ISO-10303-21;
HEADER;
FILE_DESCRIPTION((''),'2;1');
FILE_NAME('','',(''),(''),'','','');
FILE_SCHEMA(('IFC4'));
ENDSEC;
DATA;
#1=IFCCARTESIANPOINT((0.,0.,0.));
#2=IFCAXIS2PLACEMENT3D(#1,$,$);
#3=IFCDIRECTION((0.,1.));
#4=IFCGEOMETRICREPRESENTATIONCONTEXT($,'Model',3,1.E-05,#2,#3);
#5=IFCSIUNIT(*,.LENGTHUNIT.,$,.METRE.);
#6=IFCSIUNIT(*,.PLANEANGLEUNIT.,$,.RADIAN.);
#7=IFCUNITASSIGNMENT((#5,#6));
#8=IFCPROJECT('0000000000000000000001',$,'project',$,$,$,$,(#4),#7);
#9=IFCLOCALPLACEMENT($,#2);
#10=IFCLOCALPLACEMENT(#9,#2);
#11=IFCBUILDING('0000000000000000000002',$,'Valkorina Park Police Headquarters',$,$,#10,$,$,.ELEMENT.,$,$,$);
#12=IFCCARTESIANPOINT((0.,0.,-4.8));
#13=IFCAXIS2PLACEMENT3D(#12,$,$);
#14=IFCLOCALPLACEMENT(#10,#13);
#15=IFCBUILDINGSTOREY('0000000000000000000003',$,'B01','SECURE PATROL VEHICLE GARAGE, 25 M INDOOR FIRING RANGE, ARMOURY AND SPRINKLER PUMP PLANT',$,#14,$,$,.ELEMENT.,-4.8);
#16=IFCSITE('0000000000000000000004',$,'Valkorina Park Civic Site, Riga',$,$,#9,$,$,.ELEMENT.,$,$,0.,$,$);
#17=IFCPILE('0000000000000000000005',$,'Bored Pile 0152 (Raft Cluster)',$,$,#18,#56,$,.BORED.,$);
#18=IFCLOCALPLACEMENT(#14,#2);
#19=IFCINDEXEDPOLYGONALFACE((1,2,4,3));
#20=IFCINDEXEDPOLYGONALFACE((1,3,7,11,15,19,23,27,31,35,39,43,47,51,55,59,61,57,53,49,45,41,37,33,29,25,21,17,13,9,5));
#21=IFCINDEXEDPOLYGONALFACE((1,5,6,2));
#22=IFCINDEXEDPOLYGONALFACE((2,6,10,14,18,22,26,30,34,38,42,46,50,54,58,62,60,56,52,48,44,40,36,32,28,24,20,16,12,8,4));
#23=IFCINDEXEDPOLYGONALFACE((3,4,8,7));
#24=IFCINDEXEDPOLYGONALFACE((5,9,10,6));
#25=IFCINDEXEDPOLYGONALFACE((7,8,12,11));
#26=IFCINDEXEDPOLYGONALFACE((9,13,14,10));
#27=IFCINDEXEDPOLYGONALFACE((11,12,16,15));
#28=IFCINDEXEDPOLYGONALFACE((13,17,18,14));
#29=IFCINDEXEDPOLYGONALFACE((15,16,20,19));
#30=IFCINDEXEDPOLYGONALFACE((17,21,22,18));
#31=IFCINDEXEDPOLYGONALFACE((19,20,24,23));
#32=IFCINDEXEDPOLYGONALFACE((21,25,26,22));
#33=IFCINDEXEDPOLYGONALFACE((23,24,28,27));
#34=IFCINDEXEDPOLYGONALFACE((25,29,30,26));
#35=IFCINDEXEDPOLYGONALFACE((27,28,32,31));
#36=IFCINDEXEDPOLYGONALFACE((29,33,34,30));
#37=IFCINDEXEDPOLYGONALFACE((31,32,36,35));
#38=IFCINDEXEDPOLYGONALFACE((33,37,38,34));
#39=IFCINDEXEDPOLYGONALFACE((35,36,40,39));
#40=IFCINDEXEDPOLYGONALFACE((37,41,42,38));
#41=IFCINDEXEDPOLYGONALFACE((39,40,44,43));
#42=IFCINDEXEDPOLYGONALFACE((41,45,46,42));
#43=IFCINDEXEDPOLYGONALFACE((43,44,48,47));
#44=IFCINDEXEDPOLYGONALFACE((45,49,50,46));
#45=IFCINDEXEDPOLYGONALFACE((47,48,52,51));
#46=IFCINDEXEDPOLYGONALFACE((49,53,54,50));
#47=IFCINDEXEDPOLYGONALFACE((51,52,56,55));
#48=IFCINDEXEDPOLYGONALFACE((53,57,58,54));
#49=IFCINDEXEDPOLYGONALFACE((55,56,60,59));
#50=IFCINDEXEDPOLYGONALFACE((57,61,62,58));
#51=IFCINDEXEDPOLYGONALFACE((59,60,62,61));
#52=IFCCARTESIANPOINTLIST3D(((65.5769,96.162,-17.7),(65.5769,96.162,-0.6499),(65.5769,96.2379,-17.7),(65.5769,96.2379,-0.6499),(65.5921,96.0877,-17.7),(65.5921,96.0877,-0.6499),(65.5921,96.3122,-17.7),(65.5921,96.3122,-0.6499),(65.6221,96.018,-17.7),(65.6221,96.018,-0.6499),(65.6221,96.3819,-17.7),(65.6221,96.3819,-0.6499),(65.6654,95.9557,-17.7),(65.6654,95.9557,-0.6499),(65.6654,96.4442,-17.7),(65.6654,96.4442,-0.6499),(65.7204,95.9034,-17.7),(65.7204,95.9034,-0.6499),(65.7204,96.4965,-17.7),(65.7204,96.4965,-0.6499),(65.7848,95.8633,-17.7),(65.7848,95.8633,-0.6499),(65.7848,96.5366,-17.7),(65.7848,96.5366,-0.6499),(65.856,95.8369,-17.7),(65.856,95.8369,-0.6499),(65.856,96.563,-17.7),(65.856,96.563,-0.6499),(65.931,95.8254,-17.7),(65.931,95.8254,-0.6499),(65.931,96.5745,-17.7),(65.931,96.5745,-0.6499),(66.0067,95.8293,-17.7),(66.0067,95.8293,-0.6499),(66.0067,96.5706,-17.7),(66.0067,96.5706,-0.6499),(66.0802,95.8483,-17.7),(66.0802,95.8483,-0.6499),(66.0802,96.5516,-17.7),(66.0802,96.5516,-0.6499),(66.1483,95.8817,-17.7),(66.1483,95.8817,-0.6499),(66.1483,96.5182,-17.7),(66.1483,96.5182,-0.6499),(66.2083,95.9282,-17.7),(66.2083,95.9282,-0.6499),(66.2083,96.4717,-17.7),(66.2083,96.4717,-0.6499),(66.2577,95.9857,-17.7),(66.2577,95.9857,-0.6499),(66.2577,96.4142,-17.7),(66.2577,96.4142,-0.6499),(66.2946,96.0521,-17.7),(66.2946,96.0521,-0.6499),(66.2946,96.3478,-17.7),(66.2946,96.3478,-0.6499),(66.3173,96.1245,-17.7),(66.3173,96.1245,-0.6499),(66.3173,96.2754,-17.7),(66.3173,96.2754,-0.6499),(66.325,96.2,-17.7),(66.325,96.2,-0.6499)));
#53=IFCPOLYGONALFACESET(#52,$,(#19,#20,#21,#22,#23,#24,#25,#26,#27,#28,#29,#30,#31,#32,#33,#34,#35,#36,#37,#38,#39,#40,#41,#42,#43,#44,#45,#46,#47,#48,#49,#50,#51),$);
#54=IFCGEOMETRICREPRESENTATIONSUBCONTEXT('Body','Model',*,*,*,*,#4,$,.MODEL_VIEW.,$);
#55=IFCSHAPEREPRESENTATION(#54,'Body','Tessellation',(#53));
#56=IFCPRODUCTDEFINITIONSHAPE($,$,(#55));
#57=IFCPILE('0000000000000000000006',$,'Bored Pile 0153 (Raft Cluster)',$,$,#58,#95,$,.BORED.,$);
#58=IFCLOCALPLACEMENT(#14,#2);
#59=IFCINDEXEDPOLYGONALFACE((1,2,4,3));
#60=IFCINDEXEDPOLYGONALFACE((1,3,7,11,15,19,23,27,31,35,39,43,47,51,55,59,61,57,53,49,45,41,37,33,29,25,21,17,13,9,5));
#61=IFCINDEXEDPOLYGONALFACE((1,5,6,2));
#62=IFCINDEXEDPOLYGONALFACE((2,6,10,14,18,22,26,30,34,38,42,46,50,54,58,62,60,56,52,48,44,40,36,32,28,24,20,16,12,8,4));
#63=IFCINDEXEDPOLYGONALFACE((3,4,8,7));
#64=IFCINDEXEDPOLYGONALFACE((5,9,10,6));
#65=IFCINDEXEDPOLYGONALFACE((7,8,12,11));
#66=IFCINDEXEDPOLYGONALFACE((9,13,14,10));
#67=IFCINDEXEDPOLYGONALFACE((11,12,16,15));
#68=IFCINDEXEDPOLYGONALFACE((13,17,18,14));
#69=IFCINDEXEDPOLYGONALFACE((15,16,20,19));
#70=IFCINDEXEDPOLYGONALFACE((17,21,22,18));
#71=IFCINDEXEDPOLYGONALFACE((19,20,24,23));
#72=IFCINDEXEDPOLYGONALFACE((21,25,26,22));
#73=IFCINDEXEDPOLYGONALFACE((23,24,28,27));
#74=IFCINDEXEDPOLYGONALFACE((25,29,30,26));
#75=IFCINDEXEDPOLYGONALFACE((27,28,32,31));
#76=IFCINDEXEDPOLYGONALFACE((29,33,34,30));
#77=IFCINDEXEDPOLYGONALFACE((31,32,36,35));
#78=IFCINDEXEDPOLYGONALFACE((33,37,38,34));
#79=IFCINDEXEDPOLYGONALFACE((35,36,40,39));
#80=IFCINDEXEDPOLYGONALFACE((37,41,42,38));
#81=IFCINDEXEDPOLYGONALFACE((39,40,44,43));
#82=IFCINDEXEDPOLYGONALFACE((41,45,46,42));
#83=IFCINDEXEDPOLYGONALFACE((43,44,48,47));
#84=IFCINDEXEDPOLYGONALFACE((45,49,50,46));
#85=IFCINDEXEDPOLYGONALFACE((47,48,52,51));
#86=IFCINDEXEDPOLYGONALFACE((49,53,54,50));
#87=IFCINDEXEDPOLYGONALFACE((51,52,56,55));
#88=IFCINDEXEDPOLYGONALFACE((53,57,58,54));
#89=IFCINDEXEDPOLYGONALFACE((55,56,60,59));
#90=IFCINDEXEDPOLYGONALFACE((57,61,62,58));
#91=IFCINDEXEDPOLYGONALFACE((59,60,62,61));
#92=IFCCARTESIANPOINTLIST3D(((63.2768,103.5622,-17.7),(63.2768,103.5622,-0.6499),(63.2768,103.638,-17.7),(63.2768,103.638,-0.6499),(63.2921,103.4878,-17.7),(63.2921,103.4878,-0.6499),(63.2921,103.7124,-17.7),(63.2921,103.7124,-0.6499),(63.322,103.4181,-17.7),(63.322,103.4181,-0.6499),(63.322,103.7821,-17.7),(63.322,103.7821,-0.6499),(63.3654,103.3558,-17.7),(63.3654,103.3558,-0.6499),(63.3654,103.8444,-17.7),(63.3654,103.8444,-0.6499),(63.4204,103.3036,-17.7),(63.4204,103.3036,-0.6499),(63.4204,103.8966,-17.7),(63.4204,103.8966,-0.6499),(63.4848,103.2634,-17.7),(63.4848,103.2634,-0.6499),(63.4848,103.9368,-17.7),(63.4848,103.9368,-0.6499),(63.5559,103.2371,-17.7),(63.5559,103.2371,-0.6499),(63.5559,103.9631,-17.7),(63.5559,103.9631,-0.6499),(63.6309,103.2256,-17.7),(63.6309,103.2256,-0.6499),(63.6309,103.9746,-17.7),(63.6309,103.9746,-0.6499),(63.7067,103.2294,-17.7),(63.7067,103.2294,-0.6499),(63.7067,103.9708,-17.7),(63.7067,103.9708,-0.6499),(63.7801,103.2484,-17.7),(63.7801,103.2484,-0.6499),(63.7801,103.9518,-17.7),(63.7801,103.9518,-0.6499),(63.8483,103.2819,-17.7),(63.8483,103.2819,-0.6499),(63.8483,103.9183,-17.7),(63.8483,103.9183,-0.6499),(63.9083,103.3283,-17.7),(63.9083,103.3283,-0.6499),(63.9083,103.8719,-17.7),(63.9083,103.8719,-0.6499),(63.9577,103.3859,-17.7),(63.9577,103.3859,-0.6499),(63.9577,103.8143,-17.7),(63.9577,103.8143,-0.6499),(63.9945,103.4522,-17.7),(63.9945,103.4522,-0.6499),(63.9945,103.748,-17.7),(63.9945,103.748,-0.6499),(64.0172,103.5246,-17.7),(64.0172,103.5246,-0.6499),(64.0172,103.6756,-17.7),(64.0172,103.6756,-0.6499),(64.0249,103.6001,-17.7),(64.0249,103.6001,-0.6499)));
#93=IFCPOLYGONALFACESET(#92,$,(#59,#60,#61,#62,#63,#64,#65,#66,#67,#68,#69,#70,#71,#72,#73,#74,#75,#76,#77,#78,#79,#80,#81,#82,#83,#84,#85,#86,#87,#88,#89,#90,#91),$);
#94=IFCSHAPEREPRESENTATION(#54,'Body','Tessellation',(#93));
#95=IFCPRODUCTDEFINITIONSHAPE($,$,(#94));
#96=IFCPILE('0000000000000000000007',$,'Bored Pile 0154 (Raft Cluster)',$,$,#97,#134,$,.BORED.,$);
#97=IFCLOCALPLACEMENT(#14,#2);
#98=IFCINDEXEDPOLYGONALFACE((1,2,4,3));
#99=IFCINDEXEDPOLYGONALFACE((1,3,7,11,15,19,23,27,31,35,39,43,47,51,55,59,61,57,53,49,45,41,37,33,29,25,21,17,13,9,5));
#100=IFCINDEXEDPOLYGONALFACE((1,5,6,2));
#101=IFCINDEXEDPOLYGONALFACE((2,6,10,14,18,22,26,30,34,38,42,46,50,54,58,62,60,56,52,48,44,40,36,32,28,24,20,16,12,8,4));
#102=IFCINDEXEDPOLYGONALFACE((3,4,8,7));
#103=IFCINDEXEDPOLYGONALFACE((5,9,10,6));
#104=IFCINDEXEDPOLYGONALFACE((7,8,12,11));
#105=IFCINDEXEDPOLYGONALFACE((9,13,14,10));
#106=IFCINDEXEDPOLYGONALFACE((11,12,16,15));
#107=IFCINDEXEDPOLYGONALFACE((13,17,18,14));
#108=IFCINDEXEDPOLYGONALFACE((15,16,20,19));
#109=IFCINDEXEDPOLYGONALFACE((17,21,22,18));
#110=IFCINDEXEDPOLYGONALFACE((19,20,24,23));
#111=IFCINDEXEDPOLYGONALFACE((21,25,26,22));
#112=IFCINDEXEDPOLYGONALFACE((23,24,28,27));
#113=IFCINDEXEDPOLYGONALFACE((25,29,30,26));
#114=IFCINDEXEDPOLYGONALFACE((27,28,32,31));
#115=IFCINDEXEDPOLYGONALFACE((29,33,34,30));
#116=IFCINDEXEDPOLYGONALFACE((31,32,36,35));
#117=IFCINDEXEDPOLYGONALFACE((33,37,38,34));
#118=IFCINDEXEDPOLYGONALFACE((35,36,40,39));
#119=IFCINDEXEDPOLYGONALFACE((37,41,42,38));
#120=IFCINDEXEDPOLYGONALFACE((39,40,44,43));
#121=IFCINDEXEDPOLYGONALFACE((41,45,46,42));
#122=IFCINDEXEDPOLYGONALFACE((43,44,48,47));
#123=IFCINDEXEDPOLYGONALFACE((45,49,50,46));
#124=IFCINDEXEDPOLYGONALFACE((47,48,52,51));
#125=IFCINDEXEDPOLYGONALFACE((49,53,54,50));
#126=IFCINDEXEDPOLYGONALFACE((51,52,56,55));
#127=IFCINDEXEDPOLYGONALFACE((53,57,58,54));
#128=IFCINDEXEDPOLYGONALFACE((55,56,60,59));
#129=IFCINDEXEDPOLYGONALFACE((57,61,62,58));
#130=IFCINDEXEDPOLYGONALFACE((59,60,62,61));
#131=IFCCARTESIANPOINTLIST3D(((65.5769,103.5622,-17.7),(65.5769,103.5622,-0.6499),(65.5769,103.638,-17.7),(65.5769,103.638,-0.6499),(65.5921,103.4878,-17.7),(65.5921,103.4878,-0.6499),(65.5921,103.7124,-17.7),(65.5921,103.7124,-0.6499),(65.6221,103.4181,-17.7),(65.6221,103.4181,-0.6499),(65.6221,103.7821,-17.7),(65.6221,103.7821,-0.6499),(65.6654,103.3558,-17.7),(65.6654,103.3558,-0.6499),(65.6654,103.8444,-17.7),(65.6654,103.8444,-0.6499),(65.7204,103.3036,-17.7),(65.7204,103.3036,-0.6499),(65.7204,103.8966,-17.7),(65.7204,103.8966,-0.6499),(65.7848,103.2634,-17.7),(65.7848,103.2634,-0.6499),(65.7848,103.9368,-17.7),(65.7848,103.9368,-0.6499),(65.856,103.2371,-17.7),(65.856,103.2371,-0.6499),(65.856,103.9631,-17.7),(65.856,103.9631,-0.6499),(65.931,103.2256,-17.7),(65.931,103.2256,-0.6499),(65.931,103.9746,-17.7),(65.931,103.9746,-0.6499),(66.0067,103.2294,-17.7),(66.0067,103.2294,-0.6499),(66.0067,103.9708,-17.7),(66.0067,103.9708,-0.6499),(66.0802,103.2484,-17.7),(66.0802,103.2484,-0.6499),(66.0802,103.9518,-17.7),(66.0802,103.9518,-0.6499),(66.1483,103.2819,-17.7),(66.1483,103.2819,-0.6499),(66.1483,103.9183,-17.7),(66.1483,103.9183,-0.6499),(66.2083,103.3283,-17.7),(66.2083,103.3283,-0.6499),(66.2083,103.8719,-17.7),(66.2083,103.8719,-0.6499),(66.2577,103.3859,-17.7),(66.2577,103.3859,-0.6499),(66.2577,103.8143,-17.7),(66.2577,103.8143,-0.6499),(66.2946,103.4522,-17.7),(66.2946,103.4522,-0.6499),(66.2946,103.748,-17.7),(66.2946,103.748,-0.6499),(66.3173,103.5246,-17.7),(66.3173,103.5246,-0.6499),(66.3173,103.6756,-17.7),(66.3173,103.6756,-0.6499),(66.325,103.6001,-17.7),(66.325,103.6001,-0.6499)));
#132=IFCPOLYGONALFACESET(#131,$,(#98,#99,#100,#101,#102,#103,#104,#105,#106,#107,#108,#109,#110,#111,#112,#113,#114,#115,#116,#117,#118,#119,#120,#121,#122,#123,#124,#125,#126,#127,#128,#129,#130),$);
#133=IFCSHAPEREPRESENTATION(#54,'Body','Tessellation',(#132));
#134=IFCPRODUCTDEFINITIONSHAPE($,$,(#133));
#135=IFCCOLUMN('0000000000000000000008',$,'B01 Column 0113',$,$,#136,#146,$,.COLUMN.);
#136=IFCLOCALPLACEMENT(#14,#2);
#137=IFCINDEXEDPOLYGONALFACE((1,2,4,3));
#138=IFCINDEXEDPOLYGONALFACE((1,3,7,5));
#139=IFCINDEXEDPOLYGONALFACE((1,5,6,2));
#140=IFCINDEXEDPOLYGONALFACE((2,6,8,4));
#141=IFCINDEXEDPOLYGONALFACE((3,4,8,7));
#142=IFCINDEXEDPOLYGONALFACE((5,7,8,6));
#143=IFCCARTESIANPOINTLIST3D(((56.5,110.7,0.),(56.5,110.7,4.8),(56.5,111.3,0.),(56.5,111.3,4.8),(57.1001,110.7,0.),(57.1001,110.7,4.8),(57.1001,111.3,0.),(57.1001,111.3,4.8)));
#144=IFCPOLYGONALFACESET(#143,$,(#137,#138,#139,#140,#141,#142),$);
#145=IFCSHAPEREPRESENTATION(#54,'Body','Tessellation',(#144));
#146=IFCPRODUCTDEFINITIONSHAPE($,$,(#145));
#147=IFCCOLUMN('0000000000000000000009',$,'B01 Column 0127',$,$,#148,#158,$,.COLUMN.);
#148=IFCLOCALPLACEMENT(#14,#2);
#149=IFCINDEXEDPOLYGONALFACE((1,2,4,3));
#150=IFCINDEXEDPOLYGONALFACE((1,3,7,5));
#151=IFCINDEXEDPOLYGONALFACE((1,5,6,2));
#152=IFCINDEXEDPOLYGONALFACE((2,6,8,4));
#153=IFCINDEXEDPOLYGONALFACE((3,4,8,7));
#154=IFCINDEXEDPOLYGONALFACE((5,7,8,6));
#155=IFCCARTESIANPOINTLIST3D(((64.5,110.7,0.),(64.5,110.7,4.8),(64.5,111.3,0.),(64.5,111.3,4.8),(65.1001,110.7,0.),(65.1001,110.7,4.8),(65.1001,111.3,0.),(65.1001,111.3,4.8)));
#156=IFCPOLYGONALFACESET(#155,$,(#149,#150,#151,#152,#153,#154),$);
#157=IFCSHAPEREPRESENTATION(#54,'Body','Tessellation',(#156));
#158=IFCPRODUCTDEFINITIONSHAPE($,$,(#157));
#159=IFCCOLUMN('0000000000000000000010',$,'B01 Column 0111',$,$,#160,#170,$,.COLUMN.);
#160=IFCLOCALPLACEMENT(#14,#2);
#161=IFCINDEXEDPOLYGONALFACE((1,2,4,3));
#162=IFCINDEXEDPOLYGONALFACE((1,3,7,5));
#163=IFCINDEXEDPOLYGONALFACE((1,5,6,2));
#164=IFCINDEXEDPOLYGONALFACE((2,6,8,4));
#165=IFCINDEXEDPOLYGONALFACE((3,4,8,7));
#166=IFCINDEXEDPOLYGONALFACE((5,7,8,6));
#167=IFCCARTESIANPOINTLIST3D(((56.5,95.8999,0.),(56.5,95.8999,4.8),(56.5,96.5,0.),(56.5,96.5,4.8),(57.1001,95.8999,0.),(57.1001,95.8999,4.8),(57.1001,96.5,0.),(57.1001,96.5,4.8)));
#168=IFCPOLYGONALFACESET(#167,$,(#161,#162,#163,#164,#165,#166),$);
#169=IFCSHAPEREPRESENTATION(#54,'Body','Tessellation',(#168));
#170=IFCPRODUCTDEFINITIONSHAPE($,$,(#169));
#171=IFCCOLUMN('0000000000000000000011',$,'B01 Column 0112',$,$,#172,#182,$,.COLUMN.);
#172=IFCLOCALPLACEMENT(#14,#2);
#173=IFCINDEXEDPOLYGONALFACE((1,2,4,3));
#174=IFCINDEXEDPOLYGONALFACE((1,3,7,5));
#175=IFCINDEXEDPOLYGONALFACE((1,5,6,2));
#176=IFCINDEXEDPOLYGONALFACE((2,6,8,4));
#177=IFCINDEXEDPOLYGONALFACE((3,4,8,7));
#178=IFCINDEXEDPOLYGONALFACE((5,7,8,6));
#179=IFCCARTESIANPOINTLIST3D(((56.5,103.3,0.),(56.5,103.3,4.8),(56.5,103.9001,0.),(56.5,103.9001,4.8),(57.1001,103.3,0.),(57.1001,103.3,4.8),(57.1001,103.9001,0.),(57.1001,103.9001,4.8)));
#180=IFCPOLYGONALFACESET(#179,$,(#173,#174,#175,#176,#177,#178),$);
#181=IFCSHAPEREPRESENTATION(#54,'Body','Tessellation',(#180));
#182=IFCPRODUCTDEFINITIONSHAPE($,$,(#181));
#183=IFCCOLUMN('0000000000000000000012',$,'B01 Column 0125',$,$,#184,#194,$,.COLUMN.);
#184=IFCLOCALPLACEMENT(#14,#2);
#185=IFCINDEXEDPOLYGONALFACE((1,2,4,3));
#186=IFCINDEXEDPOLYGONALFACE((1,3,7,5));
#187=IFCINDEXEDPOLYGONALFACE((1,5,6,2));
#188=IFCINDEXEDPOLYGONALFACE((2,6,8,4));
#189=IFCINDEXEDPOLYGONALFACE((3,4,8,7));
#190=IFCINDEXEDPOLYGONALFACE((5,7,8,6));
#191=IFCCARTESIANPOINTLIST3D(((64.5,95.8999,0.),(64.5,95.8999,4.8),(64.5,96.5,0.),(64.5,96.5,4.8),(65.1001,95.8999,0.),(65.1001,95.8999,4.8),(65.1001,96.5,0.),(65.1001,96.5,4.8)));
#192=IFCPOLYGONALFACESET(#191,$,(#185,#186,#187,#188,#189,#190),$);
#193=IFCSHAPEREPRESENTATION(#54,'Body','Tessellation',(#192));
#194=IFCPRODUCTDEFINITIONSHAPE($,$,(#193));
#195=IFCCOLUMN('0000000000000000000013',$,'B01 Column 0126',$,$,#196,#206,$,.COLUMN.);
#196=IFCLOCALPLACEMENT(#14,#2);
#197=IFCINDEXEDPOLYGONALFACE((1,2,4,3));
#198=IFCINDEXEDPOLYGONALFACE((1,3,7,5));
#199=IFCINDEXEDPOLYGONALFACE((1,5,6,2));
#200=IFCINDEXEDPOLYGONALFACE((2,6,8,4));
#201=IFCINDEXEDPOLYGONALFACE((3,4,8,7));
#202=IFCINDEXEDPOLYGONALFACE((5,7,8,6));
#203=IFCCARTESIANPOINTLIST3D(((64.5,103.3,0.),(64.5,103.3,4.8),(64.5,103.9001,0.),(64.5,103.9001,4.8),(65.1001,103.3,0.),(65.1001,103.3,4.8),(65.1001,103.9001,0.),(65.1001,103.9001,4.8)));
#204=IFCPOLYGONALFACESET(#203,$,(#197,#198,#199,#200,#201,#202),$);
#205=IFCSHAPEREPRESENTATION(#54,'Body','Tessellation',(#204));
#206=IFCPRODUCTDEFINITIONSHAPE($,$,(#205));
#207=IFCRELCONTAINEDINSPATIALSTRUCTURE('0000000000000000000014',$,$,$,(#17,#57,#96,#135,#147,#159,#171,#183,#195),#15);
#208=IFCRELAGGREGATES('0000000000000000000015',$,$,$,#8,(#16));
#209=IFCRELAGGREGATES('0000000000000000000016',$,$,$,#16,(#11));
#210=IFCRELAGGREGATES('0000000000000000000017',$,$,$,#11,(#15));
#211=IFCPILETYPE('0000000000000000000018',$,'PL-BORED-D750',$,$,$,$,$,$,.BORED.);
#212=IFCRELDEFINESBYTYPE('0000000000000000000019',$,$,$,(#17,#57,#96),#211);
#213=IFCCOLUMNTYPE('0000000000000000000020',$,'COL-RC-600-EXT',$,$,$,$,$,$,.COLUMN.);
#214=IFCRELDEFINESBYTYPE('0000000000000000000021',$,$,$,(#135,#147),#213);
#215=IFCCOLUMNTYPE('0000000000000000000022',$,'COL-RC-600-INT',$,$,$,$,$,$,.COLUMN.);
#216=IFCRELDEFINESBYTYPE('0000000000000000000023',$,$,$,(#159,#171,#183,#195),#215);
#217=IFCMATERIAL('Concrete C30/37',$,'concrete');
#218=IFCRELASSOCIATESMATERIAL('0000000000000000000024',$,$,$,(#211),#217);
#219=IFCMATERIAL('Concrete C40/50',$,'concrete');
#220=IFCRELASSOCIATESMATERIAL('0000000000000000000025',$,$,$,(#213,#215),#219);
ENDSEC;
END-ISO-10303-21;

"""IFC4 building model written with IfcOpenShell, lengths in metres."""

from ifc_helpers import new_model, si_unit, direction, frame, origin, origin_2d, place, context, subcontext, project, spatial, rectangle, circle, extrude, material, material_profile, profile_set, type_object, element, save


model = new_model("IFC4")

# Units and contexts
model_context = context("Model", 3, precision=1e-05, world=origin(), true_north=direction((0.0, 1.0)))
body_context = subcontext(model_context, "Body", "Model", "MODEL_VIEW")
ifc_project = project(units=[si_unit("LENGTHUNIT", "METRE"), si_unit("PLANEANGLEUNIT", "RADIAN")], contexts=[model_context])

# Site, building, storey
site_placement = place(None, origin())
site = spatial("IfcSite", under=ifc_project, at=site_placement, Name="Valkorina Park Civic Site, Riga", CompositionType="ELEMENT", RefElevation=0.0)
building_placement = place(site_placement, origin())
building = spatial("IfcBuilding", under=site, at=building_placement, Name="Valkorina Park Police Headquarters", CompositionType="ELEMENT")
storey_placement = place(building_placement, frame((0.0, 0.0, -4.8)))
storey = spatial("IfcBuildingStorey", under=building, at=storey_placement, Name="B01", Description="SECURE PATROL VEHICLE GARAGE, 25 M INDOOR FIRING RANGE, ARMOURY AND SPRINKLER PUMP PLANT", CompositionType="ELEMENT", Elevation=-4.8)

# Piles
ifc_material_1 = material(Name="Concrete C30/37", Category="concrete")
ifc_material_profile_1 = material_profile(ifc_material_1, circle(Radius=0.375, at=origin_2d()), Name="BORED PILE D750")
ifc_profile_set_1 = profile_set([ifc_material_profile_1], Name="Concrete C30/37")
pile_type = type_object("IfcPileType", Name="PL-BORED-D750", PredefinedType="BORED", material=ifc_profile_set_1)
for number, where, z_axis, x_axis, name in (
    (1, (65.95, 96.2, -0.6499), (0.0, 0.0, -1.0), (1.0, 0.0, 0.0), "Bored Pile 0152 (Raft Cluster)"),
    (2, (63.6499, 103.6001, -0.6499), (0.0, 0.0, -1.0), (1.0, 0.0, 0.0), "Bored Pile 0153 (Raft Cluster)"),
    (3, (65.95, 103.6001, -0.6499), (0.0, 0.0, -1.0), (1.0, 0.0, 0.0), "Bored Pile 0154 (Raft Cluster)"),
):
    element("IfcPile", number, at=place(storey_placement, frame(where, z_axis=z_axis, x_axis=x_axis)), inside=storey, type_object=pile_type, Name=name, PredefinedType="BORED", context=body_context, shape_type="SweptSolid", body=[
        extrude(circle(Radius=0.375, at=origin_2d()), origin(), (0.0, 0.0, 1.0), 17.05),
    ])

# Columns
ifc_material_2 = material(Name="Concrete C40/50", Category="concrete")
ifc_material_profile_2 = material_profile(ifc_material_2, rectangle(XDim=0.6001, YDim=0.6001, at=origin_2d()), Name="RC COL 600x600")
ifc_profile_set_2 = profile_set([ifc_material_profile_2], Name="Concrete C40/50")
column_type_1 = type_object("IfcColumnType", Name="COL-RC-600-EXT", PredefinedType="COLUMN", material=ifc_profile_set_2)
for number, where, z_axis, x_axis, name in (
    (4, (56.8, 111.0, 0.0), (0.0, 0.0, 1.0), (1.0, 0.0, 0.0), "B01 Column 0113"),
    (5, (64.8, 111.0, 0.0), (0.0, 0.0, 1.0), (1.0, 0.0, 0.0), "B01 Column 0127"),
):
    element("IfcColumn", number, at=place(storey_placement, frame(where, z_axis=z_axis, x_axis=x_axis)), inside=storey, type_object=column_type_1, Name=name, PredefinedType="COLUMN", context=body_context, shape_type="SweptSolid", body=[
        extrude(rectangle(XDim=0.6001, YDim=0.6001, at=origin_2d()), origin(), (0.0, 0.0, 1.0), 4.8),
    ])
ifc_material_profile_3 = material_profile(ifc_material_2, rectangle(XDim=0.6001, YDim=0.6001, at=origin_2d()), Name="RC COL 600x600")
ifc_profile_set_3 = profile_set([ifc_material_profile_3], Name="Concrete C40/50")
column_type_2 = type_object("IfcColumnType", Name="COL-RC-600-INT", PredefinedType="COLUMN", material=ifc_profile_set_3)
for number, where, z_axis, x_axis, name in (
    (6, (56.8, 96.2, 0.0), (0.0, 0.0, 1.0), (1.0, 0.0, 0.0), "B01 Column 0111"),
    (7, (56.8, 103.6001, 0.0), (0.0, 0.0, 1.0), (1.0, 0.0, 0.0), "B01 Column 0112"),
    (8, (64.8, 96.2, 0.0), (0.0, 0.0, 1.0), (1.0, 0.0, 0.0), "B01 Column 0125"),
    (9, (64.8, 103.6001, 0.0), (0.0, 0.0, 1.0), (1.0, 0.0, 0.0), "B01 Column 0126"),
):
    element("IfcColumn", number, at=place(storey_placement, frame(where, z_axis=z_axis, x_axis=x_axis)), inside=storey, type_object=column_type_2, Name=name, PredefinedType="COLUMN", context=body_context, shape_type="SweptSolid", body=[
        extrude(rectangle(XDim=0.6001, YDim=0.6001, at=origin_2d()), origin(), (0.0, 0.0, 1.0), 4.8),
    ])

save(model, "model.ifc")
